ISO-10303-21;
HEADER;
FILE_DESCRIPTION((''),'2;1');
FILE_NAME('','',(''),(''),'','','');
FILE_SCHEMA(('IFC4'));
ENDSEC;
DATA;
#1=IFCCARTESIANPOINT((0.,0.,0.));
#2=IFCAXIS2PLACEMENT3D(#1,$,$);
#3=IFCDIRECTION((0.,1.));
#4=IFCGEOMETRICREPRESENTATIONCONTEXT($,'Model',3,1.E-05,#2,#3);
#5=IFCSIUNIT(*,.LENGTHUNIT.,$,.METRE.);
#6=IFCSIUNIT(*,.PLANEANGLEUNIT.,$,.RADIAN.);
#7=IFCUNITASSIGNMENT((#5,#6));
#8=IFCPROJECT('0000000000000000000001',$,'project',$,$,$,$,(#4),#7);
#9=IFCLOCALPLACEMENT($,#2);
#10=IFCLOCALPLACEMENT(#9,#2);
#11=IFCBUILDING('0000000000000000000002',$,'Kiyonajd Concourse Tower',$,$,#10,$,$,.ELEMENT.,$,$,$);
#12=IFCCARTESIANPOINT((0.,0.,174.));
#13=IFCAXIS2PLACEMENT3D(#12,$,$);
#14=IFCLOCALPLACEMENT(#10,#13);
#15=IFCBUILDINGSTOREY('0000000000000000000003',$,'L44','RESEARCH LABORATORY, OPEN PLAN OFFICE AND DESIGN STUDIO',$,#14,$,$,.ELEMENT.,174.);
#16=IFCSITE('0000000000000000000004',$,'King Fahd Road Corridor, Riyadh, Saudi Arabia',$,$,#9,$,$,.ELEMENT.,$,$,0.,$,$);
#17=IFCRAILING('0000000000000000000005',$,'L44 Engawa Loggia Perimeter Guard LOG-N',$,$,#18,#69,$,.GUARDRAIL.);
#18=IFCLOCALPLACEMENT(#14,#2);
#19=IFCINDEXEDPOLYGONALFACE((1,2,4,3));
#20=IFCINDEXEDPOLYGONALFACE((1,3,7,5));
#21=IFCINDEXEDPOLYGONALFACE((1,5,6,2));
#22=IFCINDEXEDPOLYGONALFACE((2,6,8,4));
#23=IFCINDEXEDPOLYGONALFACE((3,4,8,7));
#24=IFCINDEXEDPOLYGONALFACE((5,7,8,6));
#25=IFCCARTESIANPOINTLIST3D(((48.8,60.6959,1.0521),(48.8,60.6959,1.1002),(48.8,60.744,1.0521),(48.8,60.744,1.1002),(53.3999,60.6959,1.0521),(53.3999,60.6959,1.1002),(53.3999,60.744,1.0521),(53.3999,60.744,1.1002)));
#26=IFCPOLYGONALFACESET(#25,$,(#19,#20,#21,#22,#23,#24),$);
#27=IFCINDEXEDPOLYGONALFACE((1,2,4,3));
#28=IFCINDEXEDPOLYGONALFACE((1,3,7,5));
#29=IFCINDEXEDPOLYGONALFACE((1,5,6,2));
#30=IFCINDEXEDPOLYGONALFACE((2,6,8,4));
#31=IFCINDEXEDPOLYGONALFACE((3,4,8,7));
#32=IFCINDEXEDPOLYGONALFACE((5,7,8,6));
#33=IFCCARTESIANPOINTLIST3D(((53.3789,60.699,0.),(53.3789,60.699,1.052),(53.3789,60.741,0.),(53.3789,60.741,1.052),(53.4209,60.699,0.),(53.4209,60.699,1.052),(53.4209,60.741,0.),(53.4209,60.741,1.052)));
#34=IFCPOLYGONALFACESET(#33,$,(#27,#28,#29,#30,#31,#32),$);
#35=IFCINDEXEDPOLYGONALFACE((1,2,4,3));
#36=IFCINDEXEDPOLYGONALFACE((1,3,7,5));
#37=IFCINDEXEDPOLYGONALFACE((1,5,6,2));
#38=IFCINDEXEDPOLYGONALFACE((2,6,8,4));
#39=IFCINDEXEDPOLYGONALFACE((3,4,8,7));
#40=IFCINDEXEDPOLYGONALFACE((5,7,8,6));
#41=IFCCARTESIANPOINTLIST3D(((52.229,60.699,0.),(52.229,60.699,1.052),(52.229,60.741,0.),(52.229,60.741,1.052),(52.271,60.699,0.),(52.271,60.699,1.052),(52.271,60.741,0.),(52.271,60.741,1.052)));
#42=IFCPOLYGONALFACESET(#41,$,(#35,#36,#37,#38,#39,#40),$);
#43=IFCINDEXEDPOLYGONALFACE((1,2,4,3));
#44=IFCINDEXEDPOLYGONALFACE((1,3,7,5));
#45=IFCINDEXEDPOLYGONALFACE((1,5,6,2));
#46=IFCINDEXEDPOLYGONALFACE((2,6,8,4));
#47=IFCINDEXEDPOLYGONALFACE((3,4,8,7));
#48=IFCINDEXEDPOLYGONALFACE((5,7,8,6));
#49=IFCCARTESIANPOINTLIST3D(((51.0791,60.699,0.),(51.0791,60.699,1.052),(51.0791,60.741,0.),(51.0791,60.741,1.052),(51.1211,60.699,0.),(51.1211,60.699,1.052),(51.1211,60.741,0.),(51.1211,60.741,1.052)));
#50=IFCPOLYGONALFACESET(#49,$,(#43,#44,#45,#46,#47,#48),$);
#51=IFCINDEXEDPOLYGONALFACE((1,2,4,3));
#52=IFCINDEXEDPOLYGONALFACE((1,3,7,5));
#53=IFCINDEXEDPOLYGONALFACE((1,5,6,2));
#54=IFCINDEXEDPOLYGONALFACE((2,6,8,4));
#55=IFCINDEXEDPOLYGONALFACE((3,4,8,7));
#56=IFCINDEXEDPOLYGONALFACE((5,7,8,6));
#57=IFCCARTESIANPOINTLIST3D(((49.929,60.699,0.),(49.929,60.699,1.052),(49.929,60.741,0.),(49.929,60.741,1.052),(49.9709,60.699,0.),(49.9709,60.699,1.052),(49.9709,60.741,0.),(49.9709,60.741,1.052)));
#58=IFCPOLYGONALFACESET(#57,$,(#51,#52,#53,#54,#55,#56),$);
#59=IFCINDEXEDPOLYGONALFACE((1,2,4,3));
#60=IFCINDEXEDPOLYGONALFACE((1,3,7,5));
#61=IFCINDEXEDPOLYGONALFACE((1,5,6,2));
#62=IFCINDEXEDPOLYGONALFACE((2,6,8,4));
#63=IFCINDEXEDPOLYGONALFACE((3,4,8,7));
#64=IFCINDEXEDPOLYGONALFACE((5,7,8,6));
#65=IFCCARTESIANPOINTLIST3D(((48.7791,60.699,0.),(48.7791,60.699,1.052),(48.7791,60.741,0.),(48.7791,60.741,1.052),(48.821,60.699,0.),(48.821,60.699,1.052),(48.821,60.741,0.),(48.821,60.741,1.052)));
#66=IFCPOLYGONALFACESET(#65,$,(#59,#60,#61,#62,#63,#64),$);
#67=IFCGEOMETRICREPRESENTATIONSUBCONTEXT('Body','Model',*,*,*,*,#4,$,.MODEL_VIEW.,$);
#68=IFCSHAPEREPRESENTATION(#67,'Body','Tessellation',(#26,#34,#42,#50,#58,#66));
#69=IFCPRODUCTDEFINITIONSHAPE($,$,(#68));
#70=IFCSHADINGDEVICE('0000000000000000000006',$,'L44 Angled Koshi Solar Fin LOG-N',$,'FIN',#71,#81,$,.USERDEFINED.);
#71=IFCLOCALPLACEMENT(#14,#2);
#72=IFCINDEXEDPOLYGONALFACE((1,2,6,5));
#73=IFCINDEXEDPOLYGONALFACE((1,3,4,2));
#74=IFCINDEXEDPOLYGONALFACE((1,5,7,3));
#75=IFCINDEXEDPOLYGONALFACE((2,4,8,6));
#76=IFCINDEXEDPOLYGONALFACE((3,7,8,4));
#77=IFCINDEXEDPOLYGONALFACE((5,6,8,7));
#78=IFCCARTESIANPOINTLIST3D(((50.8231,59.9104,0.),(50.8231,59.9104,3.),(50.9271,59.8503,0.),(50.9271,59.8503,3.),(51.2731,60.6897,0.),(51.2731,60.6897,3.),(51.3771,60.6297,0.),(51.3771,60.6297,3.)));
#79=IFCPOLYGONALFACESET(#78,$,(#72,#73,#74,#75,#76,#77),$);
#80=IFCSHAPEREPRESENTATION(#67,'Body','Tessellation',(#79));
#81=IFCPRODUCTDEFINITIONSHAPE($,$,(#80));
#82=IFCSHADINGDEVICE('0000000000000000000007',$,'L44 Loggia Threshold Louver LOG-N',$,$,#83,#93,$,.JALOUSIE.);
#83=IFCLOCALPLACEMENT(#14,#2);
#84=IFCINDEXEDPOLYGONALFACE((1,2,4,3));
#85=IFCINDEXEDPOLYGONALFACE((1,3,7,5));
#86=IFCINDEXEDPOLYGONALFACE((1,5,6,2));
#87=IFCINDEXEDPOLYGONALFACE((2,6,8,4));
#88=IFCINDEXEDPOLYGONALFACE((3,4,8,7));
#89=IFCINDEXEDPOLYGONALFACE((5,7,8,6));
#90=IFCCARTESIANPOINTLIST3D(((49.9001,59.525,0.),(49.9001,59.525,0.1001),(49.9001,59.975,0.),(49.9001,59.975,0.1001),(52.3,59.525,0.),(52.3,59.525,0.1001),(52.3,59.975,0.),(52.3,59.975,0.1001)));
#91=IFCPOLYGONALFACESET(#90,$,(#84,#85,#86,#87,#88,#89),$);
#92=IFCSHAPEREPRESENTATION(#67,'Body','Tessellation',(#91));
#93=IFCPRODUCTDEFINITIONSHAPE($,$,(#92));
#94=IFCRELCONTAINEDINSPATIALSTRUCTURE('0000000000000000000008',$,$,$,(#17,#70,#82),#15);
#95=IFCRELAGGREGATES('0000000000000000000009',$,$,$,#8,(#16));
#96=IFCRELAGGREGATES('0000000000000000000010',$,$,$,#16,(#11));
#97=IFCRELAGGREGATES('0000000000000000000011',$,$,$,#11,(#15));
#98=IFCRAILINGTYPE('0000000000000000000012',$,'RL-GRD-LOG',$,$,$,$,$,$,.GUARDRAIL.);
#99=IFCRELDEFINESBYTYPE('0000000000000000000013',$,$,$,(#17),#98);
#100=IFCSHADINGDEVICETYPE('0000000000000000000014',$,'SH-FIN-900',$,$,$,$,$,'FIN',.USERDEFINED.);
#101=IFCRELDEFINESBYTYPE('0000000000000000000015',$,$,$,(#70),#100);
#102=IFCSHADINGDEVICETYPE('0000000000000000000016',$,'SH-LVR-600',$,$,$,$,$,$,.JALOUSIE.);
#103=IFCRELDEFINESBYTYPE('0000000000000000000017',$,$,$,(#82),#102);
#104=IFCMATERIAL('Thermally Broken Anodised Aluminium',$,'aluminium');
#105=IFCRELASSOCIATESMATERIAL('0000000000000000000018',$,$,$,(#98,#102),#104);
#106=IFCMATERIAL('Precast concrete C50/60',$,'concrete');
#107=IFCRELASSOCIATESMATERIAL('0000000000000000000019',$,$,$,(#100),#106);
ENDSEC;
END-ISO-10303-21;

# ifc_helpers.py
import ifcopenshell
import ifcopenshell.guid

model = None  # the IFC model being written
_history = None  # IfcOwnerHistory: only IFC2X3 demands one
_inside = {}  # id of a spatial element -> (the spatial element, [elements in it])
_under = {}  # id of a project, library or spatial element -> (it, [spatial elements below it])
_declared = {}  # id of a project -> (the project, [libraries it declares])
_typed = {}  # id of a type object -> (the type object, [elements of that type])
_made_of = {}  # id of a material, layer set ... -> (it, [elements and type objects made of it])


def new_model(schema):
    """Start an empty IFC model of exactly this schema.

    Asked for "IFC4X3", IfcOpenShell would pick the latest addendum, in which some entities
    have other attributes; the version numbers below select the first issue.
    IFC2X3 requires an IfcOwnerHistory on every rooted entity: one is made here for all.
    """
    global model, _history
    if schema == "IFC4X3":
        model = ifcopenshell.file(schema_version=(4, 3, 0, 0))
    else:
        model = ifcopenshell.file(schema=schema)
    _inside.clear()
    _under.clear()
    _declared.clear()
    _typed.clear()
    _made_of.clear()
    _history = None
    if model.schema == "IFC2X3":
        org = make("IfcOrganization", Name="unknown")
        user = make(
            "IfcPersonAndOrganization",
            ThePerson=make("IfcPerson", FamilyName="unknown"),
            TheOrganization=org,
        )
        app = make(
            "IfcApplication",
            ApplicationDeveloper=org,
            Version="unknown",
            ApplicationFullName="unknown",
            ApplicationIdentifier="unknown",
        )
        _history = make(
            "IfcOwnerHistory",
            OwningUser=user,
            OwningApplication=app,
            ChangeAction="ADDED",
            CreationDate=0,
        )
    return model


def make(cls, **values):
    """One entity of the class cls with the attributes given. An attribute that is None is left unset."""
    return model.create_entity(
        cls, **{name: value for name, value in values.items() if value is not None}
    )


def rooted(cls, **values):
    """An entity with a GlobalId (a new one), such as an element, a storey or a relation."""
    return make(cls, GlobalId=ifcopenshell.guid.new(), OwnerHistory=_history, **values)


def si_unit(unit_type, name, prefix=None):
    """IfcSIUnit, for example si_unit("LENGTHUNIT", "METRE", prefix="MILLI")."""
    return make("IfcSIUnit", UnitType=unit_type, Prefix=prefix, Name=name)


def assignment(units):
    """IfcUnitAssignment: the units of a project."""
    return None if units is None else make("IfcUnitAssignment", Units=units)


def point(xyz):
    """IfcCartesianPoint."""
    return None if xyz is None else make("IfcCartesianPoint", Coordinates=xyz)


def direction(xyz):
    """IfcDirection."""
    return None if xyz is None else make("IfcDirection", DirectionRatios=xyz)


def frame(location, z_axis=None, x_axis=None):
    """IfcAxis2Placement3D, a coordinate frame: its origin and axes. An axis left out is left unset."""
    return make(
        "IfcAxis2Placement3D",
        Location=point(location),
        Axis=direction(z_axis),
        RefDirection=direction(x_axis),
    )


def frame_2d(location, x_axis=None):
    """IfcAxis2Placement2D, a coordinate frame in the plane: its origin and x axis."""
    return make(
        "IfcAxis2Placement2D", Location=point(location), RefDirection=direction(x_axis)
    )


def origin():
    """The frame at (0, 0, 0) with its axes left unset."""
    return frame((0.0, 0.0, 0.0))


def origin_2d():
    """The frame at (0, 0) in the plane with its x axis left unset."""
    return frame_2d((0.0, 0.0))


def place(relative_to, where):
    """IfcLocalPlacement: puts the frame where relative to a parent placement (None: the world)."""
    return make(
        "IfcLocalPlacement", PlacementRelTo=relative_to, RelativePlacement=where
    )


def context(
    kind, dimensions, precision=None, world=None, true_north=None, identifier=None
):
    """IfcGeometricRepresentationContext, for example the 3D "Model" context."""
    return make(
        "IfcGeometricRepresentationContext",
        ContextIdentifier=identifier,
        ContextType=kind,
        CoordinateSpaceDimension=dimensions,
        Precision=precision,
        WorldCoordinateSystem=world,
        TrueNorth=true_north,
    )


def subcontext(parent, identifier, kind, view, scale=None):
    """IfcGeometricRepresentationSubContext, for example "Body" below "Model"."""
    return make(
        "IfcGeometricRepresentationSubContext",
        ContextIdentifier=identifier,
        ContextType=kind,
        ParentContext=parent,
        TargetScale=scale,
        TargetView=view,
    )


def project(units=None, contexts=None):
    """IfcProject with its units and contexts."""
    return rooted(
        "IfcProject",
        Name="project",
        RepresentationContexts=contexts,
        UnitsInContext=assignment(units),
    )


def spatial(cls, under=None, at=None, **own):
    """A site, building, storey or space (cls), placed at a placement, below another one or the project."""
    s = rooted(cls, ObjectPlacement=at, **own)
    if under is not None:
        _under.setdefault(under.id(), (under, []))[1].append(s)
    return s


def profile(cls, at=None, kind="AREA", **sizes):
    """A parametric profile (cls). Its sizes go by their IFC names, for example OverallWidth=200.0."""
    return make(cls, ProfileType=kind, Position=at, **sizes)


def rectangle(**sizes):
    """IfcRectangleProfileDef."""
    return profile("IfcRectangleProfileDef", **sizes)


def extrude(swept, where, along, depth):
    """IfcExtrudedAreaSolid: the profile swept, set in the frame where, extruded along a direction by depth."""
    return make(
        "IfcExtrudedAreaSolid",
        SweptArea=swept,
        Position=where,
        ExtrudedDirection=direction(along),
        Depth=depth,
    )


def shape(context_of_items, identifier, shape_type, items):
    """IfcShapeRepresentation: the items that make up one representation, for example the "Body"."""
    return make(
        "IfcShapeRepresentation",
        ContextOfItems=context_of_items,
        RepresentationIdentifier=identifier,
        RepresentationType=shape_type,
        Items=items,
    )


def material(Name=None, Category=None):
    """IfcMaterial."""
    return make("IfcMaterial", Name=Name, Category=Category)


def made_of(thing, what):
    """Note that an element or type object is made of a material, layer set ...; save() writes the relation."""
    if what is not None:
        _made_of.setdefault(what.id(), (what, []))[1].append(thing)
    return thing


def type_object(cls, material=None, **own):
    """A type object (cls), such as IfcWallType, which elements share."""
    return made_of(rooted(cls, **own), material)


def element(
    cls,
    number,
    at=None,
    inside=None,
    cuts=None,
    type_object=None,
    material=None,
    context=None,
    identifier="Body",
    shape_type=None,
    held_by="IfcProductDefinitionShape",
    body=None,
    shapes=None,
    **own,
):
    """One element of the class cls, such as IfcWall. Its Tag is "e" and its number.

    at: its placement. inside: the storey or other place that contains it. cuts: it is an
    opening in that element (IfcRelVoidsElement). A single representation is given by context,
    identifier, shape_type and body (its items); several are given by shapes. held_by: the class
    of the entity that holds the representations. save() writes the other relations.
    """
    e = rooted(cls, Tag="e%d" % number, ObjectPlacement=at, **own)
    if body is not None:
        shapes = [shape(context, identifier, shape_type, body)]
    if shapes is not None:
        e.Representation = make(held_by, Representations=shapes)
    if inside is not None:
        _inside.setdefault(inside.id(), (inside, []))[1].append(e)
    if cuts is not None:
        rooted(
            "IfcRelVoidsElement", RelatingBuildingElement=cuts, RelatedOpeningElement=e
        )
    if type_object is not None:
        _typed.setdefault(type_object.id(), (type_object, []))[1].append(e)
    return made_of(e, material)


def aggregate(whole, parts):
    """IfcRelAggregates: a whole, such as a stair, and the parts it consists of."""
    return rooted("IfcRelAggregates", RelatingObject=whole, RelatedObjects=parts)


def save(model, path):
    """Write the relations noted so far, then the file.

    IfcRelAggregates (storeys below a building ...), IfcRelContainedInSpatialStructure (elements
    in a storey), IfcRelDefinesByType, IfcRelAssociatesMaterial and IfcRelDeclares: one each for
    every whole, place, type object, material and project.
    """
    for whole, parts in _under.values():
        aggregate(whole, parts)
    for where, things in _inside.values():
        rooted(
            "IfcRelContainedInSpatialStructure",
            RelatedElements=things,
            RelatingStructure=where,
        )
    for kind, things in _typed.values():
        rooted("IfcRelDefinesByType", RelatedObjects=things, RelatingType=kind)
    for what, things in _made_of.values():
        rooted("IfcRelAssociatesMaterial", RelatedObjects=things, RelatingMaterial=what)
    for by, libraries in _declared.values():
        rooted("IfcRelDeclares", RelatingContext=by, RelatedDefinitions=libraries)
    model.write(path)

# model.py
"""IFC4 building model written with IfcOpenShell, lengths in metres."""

from ifc_helpers import new_model, si_unit, direction, frame, origin, origin_2d, place, context, subcontext, project, spatial, rectangle, extrude, material, type_object, element, save


model = new_model("IFC4")

# Units and contexts
model_context = context("Model", 3, precision=1e-05, world=origin(), true_north=direction((0.0, 1.0)))
body_context = subcontext(model_context, "Body", "Model", "MODEL_VIEW")
ifc_project = project(units=[si_unit("LENGTHUNIT", "METRE"), si_unit("PLANEANGLEUNIT", "RADIAN")], contexts=[model_context])

# Site, building, storey
site_placement = place(None, origin())
site = spatial("IfcSite", under=ifc_project, at=site_placement, Name="King Fahd Road Corridor, Riyadh, Saudi Arabia", CompositionType="ELEMENT", RefElevation=0.0)
building_placement = place(site_placement, origin())
building = spatial("IfcBuilding", under=site, at=building_placement, Name="Kiyonajd Concourse Tower", CompositionType="ELEMENT")
storey_placement = place(building_placement, frame((0.0, 0.0, 174.0)))
storey = spatial("IfcBuildingStorey", under=building, at=storey_placement, Name="L44", Description="RESEARCH LABORATORY, OPEN PLAN OFFICE AND DESIGN STUDIO", CompositionType="ELEMENT", Elevation=174.0)

# Shared definitions
ifc_material_1 = material(Name="Thermally Broken Anodised Aluminium", Category="aluminium")

# Shared definitions
ifc_material_2 = material(Name="Precast concrete C50/60", Category="concrete")

# Railing
railing_type = type_object("IfcRailingType", Name="RL-GRD-LOG", PredefinedType="GUARDRAIL", material=ifc_material_1)
railing_placement = place(storey_placement, frame((53.3999, 60.72, 0.0)))
element("IfcRailing", 1, at=railing_placement, inside=storey, type_object=railing_type, Name="L44 Engawa Loggia Perimeter Guard LOG-N", PredefinedType="GUARDRAIL", context=body_context, shape_type="SweptSolid", body=[
    extrude(rectangle(XDim=0.0481, YDim=0.0481, at=origin_2d()), frame((0.0, 0.0, 1.0762), z_axis=(-1.0, 0.0, 0.0), x_axis=(0.0, -1.0, 0.0)), (0.0, 0.0, 1.0), 4.5999),
    extrude(rectangle(XDim=0.042, YDim=0.042, at=origin_2d()), origin(), (0.0, 0.0, 1.0), 1.052),
    extrude(rectangle(XDim=0.042, YDim=0.042, at=origin_2d()), frame((-1.1499, 0.0, 0.0)), (0.0, 0.0, 1.0), 1.052),
    extrude(rectangle(XDim=0.042, YDim=0.042, at=origin_2d()), frame((-2.2998, 0.0, 0.0)), (0.0, 0.0, 1.0), 1.052),
    extrude(rectangle(XDim=0.042, YDim=0.042, at=origin_2d()), frame((-3.45, 0.0, 0.0)), (0.0, 0.0, 1.0), 1.052),
    extrude(rectangle(XDim=0.042, YDim=0.042, at=origin_2d()), frame((-4.5999, 0.0, 0.0)), (0.0, 0.0, 1.0), 1.052),
])

# Shading devices
shading_device_type_1 = type_object("IfcShadingDeviceType", Name="SH-FIN-900", ElementType="FIN", PredefinedType="USERDEFINED", material=ifc_material_2)
shading_device_1_placement = place(storey_placement, frame((51.1001, 60.27, 0.0), z_axis=(0.0, 0.0, 1.0), x_axis=(0.5, 0.866025, 0.0)))
element("IfcShadingDevice", 2, at=shading_device_1_placement, inside=storey, type_object=shading_device_type_1, Name="L44 Angled Koshi Solar Fin LOG-N", ObjectType="FIN", PredefinedType="USERDEFINED", context=body_context, shape_type="SweptSolid", body=[
    extrude(rectangle(XDim=0.8999, YDim=0.1201, at=origin_2d()), origin(), (0.0, 0.0, 1.0), 3.0),
])
shading_device_type_2 = type_object("IfcShadingDeviceType", Name="SH-LVR-600", PredefinedType="JALOUSIE", material=ifc_material_1)
shading_device_2_placement = place(storey_placement, frame((51.1001, 59.75, 0.0), z_axis=(0.0, 0.0, 1.0), x_axis=(1.0, 0.0, 0.0)))
element("IfcShadingDevice", 3, at=shading_device_2_placement, inside=storey, type_object=shading_device_type_2, Name="L44 Loggia Threshold Louver LOG-N", PredefinedType="JALOUSIE", context=body_context, shape_type="SweptSolid", body=[
    extrude(rectangle(XDim=2.3999, YDim=0.45, at=origin_2d()), origin(), (0.0, 0.0, 1.0), 0.1001),
])

save(model, "model.ifc")
